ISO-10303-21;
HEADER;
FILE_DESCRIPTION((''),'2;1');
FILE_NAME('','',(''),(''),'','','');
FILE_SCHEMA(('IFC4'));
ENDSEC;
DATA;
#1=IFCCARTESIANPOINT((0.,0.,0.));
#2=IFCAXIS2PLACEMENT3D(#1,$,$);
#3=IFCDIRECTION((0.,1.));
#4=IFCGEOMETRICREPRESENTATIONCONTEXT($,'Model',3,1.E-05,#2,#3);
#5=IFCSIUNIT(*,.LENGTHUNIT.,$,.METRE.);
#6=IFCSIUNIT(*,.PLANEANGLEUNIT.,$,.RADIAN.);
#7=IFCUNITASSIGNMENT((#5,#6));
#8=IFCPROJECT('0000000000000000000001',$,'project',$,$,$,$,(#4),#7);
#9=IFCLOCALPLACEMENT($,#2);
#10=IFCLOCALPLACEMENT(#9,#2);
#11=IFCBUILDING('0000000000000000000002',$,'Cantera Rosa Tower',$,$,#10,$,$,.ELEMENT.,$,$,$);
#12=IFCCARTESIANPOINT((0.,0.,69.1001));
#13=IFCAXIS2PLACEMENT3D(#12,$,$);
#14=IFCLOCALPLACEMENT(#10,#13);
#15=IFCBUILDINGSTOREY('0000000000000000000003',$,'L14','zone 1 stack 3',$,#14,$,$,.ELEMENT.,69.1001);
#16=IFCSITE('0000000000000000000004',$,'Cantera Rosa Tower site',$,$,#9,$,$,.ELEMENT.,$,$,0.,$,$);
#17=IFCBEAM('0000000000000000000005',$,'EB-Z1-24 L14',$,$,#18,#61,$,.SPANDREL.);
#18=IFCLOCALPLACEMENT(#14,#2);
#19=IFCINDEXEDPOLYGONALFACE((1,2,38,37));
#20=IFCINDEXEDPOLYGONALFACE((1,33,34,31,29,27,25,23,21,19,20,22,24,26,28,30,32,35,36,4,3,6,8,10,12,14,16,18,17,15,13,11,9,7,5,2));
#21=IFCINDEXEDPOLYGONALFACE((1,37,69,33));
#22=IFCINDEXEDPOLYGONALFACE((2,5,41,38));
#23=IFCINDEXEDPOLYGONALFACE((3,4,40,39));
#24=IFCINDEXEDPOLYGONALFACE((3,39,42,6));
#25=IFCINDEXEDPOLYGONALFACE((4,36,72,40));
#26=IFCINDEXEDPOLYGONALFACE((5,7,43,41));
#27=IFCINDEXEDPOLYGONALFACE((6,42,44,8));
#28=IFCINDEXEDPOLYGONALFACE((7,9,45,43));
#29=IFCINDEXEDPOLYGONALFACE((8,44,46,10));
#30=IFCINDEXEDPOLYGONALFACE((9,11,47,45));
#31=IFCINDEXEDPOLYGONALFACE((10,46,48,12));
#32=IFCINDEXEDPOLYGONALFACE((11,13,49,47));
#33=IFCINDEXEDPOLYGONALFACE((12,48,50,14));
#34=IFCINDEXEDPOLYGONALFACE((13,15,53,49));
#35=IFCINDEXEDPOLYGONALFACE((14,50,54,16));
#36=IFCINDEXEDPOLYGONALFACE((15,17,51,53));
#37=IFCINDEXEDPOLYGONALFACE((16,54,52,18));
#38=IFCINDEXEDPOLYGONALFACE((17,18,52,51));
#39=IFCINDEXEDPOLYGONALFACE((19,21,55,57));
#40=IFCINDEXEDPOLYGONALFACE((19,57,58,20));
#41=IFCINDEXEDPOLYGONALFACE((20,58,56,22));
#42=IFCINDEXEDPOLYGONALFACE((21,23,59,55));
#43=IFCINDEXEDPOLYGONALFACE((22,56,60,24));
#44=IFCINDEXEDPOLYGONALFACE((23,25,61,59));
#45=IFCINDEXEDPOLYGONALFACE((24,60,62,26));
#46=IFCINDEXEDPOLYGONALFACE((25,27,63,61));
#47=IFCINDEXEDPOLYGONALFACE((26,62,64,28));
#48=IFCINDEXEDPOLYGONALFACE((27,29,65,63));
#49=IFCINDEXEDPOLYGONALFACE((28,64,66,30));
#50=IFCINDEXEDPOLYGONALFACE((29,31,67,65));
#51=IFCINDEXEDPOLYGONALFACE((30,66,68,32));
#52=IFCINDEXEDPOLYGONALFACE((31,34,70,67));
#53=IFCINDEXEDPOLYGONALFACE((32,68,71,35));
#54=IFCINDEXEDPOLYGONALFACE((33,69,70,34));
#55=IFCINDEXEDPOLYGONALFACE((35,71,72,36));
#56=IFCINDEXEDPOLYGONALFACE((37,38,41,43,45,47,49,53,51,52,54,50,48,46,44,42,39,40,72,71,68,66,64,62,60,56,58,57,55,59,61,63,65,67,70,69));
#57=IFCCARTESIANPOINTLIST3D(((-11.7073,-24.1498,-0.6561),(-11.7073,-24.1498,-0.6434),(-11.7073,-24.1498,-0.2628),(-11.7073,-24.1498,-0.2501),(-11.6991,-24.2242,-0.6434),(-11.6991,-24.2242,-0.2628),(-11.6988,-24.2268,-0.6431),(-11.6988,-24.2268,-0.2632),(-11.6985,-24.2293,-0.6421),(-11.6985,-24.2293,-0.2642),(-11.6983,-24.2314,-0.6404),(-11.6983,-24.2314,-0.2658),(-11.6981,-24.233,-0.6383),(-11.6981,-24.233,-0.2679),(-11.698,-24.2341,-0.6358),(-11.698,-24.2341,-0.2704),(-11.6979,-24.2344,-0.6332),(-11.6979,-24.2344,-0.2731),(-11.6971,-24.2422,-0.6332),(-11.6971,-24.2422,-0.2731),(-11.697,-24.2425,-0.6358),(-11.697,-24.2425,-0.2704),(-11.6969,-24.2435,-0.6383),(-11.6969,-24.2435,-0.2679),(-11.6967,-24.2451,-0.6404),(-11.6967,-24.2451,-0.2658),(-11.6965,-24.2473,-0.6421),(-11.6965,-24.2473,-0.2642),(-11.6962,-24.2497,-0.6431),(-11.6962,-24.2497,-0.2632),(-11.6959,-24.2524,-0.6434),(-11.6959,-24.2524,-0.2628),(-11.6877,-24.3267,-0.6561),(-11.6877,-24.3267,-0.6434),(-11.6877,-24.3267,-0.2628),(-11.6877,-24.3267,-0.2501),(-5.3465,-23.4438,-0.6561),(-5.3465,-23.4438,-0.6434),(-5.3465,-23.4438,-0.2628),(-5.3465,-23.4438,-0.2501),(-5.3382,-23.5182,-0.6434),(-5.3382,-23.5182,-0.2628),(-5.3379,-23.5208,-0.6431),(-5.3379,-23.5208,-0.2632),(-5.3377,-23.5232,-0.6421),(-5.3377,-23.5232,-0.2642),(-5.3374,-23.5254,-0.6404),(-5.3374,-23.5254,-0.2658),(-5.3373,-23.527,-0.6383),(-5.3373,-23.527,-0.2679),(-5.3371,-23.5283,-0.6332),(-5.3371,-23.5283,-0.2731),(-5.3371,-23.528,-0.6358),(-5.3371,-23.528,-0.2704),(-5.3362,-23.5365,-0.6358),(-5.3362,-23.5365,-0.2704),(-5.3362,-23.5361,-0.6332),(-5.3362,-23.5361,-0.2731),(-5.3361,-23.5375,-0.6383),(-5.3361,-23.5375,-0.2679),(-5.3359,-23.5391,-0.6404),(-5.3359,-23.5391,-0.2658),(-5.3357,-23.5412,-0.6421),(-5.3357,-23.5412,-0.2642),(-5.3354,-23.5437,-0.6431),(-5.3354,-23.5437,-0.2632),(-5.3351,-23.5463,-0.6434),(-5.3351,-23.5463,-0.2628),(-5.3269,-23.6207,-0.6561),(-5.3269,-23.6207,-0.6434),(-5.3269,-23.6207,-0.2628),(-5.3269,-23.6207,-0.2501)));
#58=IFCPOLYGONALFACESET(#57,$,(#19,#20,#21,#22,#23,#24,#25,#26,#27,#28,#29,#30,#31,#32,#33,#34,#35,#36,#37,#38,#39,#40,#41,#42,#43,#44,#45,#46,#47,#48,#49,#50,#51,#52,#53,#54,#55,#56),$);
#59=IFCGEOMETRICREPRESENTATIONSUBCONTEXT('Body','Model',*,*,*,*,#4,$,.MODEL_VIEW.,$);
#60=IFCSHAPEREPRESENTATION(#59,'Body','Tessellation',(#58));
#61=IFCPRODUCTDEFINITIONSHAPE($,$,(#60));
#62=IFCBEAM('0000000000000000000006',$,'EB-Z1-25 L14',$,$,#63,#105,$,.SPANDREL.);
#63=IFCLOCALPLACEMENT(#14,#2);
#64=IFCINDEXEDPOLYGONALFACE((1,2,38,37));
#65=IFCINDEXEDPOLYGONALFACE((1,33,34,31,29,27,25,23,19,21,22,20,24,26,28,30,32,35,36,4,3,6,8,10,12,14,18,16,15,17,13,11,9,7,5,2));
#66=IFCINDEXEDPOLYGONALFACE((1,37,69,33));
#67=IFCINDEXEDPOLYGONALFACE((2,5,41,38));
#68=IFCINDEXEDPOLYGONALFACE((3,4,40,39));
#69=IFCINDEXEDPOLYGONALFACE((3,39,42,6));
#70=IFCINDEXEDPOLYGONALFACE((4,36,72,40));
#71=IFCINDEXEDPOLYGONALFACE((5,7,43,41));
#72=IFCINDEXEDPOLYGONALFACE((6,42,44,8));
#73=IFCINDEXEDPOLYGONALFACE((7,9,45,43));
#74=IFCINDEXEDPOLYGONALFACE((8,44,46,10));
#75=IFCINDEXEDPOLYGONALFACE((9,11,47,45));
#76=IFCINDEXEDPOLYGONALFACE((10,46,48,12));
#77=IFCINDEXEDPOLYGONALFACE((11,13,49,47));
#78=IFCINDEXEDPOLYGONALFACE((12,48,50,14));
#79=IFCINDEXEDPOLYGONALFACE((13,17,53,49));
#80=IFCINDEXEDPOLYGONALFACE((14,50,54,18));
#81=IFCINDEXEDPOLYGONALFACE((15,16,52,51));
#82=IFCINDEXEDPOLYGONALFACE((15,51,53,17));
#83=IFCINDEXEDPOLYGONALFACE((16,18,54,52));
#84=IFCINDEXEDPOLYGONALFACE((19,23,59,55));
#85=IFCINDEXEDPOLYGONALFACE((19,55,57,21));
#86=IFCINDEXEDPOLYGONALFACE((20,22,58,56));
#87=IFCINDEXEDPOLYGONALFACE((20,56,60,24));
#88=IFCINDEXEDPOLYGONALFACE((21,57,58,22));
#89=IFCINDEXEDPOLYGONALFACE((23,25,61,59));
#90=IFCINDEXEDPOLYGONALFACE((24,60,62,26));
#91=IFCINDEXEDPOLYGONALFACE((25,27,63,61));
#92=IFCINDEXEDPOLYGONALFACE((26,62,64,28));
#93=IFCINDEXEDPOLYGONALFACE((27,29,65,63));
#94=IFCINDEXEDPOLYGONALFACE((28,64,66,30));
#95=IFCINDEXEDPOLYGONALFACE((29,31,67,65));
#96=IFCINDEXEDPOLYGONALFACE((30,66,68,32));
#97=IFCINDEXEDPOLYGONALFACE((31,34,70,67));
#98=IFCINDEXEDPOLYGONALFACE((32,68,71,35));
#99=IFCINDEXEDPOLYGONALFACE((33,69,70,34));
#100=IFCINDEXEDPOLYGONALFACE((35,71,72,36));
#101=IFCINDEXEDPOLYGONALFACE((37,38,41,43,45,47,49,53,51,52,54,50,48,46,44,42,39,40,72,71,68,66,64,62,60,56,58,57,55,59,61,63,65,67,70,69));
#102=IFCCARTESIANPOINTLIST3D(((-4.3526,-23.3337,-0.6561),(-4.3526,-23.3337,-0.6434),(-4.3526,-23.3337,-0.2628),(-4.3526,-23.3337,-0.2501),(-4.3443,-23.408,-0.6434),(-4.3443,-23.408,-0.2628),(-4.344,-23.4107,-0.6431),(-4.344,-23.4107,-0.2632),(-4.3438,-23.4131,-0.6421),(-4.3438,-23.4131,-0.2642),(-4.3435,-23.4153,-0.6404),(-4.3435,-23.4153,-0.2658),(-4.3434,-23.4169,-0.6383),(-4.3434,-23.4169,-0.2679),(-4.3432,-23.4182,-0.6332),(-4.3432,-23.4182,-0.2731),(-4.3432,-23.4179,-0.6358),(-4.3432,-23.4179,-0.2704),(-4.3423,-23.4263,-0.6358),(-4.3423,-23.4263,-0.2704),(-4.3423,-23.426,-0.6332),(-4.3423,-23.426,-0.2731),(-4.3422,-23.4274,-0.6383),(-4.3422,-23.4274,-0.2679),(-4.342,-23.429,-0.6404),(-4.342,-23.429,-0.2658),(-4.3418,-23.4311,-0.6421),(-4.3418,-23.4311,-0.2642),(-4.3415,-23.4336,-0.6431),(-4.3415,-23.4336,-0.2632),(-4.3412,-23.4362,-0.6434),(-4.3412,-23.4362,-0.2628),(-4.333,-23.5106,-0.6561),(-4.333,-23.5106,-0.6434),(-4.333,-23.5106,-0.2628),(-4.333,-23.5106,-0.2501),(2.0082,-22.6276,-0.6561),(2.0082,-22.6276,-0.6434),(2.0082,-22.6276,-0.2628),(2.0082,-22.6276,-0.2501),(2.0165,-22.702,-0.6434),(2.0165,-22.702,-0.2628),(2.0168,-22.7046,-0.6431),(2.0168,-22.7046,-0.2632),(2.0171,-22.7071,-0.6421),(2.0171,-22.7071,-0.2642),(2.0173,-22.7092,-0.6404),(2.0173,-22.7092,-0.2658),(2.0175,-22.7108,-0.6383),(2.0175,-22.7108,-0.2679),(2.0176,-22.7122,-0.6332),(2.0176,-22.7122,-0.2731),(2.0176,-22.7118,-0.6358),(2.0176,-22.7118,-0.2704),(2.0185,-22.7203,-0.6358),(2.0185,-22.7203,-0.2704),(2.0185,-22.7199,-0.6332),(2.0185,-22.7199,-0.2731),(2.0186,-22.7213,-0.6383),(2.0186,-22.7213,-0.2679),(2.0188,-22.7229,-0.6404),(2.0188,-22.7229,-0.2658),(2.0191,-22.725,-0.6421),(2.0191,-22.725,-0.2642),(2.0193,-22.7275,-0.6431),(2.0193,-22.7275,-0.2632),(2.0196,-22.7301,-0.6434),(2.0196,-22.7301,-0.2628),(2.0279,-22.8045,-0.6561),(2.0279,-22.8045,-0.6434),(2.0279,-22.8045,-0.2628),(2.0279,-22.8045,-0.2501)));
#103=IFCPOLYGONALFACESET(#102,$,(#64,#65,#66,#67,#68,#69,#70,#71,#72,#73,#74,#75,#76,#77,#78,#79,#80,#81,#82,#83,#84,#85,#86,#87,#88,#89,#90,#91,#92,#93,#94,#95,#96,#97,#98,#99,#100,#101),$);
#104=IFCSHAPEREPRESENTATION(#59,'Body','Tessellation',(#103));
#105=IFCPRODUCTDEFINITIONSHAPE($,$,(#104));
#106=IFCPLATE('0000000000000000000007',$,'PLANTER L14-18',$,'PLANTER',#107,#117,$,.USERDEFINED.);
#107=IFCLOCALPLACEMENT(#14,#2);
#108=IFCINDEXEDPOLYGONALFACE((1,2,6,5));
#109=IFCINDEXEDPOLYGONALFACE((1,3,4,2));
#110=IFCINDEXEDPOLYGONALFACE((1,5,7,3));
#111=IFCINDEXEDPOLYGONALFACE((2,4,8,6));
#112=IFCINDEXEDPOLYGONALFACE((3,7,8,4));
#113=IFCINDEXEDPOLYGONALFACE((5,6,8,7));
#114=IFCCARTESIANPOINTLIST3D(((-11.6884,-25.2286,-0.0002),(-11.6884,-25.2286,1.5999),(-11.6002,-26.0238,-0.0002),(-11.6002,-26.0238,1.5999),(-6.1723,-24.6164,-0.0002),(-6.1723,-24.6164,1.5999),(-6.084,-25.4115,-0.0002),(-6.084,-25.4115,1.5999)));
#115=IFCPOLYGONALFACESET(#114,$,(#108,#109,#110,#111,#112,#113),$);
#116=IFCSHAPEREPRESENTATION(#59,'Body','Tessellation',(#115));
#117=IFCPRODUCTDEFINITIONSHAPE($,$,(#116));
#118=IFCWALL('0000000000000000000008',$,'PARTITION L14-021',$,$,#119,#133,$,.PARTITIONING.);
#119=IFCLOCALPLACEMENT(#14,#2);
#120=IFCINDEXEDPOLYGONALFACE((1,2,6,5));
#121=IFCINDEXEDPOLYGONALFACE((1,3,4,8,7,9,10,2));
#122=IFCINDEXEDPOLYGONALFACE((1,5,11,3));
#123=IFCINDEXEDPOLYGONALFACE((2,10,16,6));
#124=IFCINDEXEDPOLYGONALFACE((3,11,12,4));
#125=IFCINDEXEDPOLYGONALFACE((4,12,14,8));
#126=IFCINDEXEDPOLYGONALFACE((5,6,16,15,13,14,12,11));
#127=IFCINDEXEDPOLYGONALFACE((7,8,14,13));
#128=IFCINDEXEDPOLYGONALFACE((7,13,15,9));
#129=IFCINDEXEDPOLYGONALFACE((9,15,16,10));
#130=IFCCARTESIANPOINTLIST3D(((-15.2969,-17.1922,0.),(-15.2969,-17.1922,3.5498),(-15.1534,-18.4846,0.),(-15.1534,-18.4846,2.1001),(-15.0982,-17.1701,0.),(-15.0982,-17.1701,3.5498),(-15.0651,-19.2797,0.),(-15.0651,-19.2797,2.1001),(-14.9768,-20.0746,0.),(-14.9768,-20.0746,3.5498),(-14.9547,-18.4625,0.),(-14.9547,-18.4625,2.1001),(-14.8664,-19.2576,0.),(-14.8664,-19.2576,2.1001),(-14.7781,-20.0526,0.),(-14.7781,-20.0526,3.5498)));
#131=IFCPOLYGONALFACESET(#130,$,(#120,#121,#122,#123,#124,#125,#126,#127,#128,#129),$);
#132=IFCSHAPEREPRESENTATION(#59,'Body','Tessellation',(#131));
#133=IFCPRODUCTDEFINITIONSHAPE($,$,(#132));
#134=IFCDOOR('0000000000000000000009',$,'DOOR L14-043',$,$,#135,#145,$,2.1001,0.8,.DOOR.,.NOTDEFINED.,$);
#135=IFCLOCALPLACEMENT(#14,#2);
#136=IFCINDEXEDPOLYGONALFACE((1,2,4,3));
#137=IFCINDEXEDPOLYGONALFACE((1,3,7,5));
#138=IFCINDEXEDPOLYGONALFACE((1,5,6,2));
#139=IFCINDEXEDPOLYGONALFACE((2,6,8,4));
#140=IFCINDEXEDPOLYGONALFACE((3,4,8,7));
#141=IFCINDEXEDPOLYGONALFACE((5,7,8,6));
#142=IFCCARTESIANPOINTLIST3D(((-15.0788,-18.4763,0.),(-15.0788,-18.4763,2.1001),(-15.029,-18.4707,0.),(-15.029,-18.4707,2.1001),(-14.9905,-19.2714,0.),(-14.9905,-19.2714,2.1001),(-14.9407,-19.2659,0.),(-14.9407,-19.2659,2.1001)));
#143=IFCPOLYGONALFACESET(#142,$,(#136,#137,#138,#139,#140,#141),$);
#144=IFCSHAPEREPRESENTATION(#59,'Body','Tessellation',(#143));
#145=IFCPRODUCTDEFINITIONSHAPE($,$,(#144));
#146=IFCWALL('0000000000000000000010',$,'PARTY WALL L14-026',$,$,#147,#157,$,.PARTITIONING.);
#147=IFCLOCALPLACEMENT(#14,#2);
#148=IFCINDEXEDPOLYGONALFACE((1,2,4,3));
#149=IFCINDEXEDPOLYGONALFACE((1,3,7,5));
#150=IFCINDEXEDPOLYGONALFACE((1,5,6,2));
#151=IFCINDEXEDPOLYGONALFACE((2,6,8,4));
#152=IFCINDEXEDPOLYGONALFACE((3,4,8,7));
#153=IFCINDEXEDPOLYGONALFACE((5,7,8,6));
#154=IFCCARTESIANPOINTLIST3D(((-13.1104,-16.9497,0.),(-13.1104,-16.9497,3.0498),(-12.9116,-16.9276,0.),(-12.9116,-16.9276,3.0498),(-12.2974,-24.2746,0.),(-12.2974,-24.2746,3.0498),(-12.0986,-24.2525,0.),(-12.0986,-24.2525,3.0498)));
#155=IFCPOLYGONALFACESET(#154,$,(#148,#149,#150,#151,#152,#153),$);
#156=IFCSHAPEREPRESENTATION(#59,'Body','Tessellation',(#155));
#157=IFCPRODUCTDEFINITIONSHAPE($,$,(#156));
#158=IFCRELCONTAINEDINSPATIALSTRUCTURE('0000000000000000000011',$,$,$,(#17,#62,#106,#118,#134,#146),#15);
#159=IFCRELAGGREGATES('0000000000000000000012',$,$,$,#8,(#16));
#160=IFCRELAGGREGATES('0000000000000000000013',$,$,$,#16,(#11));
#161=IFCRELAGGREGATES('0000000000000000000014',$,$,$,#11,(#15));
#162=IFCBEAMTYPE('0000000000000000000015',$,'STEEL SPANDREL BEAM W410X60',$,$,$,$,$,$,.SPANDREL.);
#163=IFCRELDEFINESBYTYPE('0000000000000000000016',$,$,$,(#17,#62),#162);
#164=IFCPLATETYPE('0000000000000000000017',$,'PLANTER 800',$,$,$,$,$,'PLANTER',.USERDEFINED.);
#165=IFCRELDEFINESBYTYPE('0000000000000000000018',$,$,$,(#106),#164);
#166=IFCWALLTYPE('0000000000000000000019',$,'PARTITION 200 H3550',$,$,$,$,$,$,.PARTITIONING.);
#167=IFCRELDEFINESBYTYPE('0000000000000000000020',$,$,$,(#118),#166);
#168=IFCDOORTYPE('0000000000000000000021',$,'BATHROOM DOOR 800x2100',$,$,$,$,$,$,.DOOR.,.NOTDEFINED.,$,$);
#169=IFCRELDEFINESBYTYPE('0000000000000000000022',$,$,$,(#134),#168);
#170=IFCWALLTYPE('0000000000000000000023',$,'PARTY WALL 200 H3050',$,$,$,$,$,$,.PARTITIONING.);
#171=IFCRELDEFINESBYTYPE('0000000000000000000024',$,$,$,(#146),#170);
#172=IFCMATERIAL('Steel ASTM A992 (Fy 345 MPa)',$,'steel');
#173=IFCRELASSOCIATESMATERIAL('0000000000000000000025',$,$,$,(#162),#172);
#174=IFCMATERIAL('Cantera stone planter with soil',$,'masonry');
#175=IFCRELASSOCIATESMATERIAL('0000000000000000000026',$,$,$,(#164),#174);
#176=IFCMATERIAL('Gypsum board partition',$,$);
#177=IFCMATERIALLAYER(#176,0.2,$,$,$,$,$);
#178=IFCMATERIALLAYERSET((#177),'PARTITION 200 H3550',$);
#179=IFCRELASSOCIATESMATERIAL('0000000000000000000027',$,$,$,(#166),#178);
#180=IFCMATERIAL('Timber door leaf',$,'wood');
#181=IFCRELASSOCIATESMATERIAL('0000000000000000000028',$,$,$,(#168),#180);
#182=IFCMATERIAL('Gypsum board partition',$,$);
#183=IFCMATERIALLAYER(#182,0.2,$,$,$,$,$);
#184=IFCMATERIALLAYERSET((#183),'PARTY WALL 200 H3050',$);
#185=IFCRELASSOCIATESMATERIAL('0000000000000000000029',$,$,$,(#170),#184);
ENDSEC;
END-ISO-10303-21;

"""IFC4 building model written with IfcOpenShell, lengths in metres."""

from ifc_helpers import new_model, si_unit, direction, frame, frame_2d, origin, origin_2d, place, context, subcontext, project, spatial, rectangle, i_section, extrude, material, layer, layer_set, material_profile, profile_set, type_object, element, fill, save


model = new_model("IFC4")

# Units and contexts
model_context = context("Model", 3, precision=1e-05, world=origin(), true_north=direction((0.0, 1.0)))
body_context = subcontext(model_context, "Body", "Model", "MODEL_VIEW")
ifc_project = project(units=[si_unit("LENGTHUNIT", "METRE"), si_unit("PLANEANGLEUNIT", "RADIAN")], contexts=[model_context])

# Site, building, storey
site_placement = place(None, origin())
site = spatial("IfcSite", under=ifc_project, at=site_placement, Name="Cantera Rosa Tower site", CompositionType="ELEMENT", RefElevation=0.0)
building_placement = place(site_placement, origin())
building = spatial("IfcBuilding", under=site, at=building_placement, Name="Cantera Rosa Tower", CompositionType="ELEMENT")
storey_placement = place(building_placement, frame((0.0, 0.0, 69.1001)))
storey = spatial("IfcBuildingStorey", under=building, at=storey_placement, Name="L14", Description="zone 1 stack 3", CompositionType="ELEMENT", Elevation=69.1001)

# Beams
ifc_material_1 = material(Name="Steel ASTM A992 (Fy 345 MPa)", Category="steel")
ifc_material_profile_1 = material_profile(ifc_material_1, i_section(OverallWidth=0.178, OverallDepth=0.406, WebThickness=0.0078, FlangeThickness=0.0127, FilletRadius=0.0103, at=origin_2d()), Name="W410X60")
ifc_profile_set_1 = profile_set([ifc_material_profile_1], Name="Steel ASTM A992 (Fy 345 MPa)")
beam_type_1 = type_object("IfcBeamType", Name="STEEL SPANDREL BEAM W410X60", PredefinedType="SPANDREL", material=ifc_profile_set_1)
for number, where, z_axis, x_axis, name in (
    (1, (-11.6975, -24.2383, -0.4531), (0.993896, 0.110323, 0.0), (-0.110323, 0.993896, 0.0), "EB-Z1-24 L14"),
    (2, (-4.3428, -23.4221, -0.4531), (0.993896, 0.110323, 0.0), (-0.110323, 0.993896, 0.0), "EB-Z1-25 L14"),
):
    element("IfcBeam", number, at=place(storey_placement, frame(where, z_axis=z_axis, x_axis=x_axis)), inside=storey, type_object=beam_type_1, Name=name, PredefinedType="SPANDREL", context=body_context, shape_type="SweptSolid", body=[
        extrude(i_section(OverallWidth=0.178, OverallDepth=0.406, WebThickness=0.0078, FlangeThickness=0.0127, FilletRadius=0.0103, at=origin_2d()), origin(), (0.0, 0.0, 1.0), 6.3999),
    ])

# Plate
ifc_material_2 = material(Name="Cantera stone planter with soil", Category="masonry")
plate_type = type_object("IfcPlateType", Name="PLANTER 800", ElementType="PLANTER", PredefinedType="USERDEFINED", material=ifc_material_2)
plate_placement = place(storey_placement, frame((-8.8862, -25.3201, -0.0002), z_axis=(0.0, 0.0, 1.0), x_axis=(0.993897, 0.110313, 0.0)))
element("IfcPlate", 3, at=plate_placement, inside=storey, type_object=plate_type, Name="PLANTER L14-18", ObjectType="PLANTER", PredefinedType="USERDEFINED", context=body_context, shape_type="SweptSolid", body=[
    extrude(rectangle(XDim=5.55, YDim=0.8, at=origin_2d()), origin(), (0.0, 0.0, 1.0), 1.6001),
])

# Wall, opening, door
ifc_material_3 = material(Name="Gypsum board partition")
ifc_layer_1 = layer(ifc_material_3, 0.2)
ifc_layer_set_1 = layer_set([ifc_layer_1], Name="PARTITION 200 H3550")
wall_type_1 = type_object("IfcWallType", Name="PARTITION 200 H3550", PredefinedType="PARTITIONING", material=ifc_layer_set_1)
wall_1_placement = place(storey_placement, frame((-14.8774, -20.0637, 0.0), z_axis=(0.0, 0.0, 1.0), x_axis=(-0.110367, 0.993891, 0.0)))
wall_1 = element("IfcWall", 4, at=wall_1_placement, inside=storey, type_object=wall_type_1, Name="PARTITION L14-021", PredefinedType="PARTITIONING", context=body_context, shape_type="SweptSolid", body=[
    extrude(rectangle(XDim=2.9001, YDim=0.2, at=frame_2d((1.4502, 0.0))), origin(), (0.0, 0.0, 1.0), 3.5498),
])
opening_1_placement = place(wall_1_placement, frame((0.8, 0.0, 0.0)))
opening_1 = element("IfcOpeningElement", 5, at=opening_1_placement, cuts=wall_1, PredefinedType="OPENING", context=body_context, shape_type="SweptSolid", body=[
    extrude(rectangle(XDim=0.8, YDim=2.1001, at=frame_2d((0.3999, 1.05))), frame((0.0, 0.1099, 0.0), z_axis=(0.0, -1.0, 0.0), x_axis=(1.0, 0.0, 0.0)), (0.0, 0.0, 1.0), 0.22),
])
ifc_material_4 = material(Name="Timber door leaf", Category="wood")
door_type_1 = type_object("IfcDoorType", Name="BATHROOM DOOR 800x2100", OperationType="NOTDEFINED", PredefinedType="DOOR", material=ifc_material_4)
door_1_placement = place(opening_1_placement, origin())
door_1 = element("IfcDoor", 6, at=door_1_placement, inside=storey, type_object=door_type_1, Name="DOOR L14-043", OperationType="NOTDEFINED", OverallHeight=2.1001, OverallWidth=0.8, PredefinedType="DOOR", context=body_context, shape_type="SweptSolid", body=[
    extrude(rectangle(XDim=0.8, YDim=2.1001, at=frame_2d((0.3999, 1.05))), frame((0.0, 0.0249, 0.0), z_axis=(0.0, -1.0, 0.0), x_axis=(1.0, 0.0, 0.0)), (0.0, 0.0, 1.0), 0.05),
])
fill(opening_1, door_1)

# Wall
ifc_material_5 = material(Name="Gypsum board partition")
ifc_layer_2 = layer(ifc_material_5, 0.2)
ifc_layer_set_2 = layer_set([ifc_layer_2], Name="PARTY WALL 200 H3050")
wall_type_2 = type_object("IfcWallType", Name="PARTY WALL 200 H3050", PredefinedType="PARTITIONING", material=ifc_layer_set_2)
wall_2_placement = place(storey_placement, frame((-12.198, -24.2637, 0.0), z_axis=(0.0, 0.0, 1.0), x_axis=(-0.110312, 0.993897, 0.0)))
element("IfcWall", 7, at=wall_2_placement, inside=storey, type_object=wall_type_2, Name="PARTY WALL L14-026", PredefinedType="PARTITIONING", context=body_context, shape_type="SweptSolid", body=[
    extrude(rectangle(XDim=7.3699, YDim=0.2, at=frame_2d((3.6851, 0.0))), origin(), (0.0, 0.0, 1.0), 3.0498),
])

save(model, "model.ifc")
